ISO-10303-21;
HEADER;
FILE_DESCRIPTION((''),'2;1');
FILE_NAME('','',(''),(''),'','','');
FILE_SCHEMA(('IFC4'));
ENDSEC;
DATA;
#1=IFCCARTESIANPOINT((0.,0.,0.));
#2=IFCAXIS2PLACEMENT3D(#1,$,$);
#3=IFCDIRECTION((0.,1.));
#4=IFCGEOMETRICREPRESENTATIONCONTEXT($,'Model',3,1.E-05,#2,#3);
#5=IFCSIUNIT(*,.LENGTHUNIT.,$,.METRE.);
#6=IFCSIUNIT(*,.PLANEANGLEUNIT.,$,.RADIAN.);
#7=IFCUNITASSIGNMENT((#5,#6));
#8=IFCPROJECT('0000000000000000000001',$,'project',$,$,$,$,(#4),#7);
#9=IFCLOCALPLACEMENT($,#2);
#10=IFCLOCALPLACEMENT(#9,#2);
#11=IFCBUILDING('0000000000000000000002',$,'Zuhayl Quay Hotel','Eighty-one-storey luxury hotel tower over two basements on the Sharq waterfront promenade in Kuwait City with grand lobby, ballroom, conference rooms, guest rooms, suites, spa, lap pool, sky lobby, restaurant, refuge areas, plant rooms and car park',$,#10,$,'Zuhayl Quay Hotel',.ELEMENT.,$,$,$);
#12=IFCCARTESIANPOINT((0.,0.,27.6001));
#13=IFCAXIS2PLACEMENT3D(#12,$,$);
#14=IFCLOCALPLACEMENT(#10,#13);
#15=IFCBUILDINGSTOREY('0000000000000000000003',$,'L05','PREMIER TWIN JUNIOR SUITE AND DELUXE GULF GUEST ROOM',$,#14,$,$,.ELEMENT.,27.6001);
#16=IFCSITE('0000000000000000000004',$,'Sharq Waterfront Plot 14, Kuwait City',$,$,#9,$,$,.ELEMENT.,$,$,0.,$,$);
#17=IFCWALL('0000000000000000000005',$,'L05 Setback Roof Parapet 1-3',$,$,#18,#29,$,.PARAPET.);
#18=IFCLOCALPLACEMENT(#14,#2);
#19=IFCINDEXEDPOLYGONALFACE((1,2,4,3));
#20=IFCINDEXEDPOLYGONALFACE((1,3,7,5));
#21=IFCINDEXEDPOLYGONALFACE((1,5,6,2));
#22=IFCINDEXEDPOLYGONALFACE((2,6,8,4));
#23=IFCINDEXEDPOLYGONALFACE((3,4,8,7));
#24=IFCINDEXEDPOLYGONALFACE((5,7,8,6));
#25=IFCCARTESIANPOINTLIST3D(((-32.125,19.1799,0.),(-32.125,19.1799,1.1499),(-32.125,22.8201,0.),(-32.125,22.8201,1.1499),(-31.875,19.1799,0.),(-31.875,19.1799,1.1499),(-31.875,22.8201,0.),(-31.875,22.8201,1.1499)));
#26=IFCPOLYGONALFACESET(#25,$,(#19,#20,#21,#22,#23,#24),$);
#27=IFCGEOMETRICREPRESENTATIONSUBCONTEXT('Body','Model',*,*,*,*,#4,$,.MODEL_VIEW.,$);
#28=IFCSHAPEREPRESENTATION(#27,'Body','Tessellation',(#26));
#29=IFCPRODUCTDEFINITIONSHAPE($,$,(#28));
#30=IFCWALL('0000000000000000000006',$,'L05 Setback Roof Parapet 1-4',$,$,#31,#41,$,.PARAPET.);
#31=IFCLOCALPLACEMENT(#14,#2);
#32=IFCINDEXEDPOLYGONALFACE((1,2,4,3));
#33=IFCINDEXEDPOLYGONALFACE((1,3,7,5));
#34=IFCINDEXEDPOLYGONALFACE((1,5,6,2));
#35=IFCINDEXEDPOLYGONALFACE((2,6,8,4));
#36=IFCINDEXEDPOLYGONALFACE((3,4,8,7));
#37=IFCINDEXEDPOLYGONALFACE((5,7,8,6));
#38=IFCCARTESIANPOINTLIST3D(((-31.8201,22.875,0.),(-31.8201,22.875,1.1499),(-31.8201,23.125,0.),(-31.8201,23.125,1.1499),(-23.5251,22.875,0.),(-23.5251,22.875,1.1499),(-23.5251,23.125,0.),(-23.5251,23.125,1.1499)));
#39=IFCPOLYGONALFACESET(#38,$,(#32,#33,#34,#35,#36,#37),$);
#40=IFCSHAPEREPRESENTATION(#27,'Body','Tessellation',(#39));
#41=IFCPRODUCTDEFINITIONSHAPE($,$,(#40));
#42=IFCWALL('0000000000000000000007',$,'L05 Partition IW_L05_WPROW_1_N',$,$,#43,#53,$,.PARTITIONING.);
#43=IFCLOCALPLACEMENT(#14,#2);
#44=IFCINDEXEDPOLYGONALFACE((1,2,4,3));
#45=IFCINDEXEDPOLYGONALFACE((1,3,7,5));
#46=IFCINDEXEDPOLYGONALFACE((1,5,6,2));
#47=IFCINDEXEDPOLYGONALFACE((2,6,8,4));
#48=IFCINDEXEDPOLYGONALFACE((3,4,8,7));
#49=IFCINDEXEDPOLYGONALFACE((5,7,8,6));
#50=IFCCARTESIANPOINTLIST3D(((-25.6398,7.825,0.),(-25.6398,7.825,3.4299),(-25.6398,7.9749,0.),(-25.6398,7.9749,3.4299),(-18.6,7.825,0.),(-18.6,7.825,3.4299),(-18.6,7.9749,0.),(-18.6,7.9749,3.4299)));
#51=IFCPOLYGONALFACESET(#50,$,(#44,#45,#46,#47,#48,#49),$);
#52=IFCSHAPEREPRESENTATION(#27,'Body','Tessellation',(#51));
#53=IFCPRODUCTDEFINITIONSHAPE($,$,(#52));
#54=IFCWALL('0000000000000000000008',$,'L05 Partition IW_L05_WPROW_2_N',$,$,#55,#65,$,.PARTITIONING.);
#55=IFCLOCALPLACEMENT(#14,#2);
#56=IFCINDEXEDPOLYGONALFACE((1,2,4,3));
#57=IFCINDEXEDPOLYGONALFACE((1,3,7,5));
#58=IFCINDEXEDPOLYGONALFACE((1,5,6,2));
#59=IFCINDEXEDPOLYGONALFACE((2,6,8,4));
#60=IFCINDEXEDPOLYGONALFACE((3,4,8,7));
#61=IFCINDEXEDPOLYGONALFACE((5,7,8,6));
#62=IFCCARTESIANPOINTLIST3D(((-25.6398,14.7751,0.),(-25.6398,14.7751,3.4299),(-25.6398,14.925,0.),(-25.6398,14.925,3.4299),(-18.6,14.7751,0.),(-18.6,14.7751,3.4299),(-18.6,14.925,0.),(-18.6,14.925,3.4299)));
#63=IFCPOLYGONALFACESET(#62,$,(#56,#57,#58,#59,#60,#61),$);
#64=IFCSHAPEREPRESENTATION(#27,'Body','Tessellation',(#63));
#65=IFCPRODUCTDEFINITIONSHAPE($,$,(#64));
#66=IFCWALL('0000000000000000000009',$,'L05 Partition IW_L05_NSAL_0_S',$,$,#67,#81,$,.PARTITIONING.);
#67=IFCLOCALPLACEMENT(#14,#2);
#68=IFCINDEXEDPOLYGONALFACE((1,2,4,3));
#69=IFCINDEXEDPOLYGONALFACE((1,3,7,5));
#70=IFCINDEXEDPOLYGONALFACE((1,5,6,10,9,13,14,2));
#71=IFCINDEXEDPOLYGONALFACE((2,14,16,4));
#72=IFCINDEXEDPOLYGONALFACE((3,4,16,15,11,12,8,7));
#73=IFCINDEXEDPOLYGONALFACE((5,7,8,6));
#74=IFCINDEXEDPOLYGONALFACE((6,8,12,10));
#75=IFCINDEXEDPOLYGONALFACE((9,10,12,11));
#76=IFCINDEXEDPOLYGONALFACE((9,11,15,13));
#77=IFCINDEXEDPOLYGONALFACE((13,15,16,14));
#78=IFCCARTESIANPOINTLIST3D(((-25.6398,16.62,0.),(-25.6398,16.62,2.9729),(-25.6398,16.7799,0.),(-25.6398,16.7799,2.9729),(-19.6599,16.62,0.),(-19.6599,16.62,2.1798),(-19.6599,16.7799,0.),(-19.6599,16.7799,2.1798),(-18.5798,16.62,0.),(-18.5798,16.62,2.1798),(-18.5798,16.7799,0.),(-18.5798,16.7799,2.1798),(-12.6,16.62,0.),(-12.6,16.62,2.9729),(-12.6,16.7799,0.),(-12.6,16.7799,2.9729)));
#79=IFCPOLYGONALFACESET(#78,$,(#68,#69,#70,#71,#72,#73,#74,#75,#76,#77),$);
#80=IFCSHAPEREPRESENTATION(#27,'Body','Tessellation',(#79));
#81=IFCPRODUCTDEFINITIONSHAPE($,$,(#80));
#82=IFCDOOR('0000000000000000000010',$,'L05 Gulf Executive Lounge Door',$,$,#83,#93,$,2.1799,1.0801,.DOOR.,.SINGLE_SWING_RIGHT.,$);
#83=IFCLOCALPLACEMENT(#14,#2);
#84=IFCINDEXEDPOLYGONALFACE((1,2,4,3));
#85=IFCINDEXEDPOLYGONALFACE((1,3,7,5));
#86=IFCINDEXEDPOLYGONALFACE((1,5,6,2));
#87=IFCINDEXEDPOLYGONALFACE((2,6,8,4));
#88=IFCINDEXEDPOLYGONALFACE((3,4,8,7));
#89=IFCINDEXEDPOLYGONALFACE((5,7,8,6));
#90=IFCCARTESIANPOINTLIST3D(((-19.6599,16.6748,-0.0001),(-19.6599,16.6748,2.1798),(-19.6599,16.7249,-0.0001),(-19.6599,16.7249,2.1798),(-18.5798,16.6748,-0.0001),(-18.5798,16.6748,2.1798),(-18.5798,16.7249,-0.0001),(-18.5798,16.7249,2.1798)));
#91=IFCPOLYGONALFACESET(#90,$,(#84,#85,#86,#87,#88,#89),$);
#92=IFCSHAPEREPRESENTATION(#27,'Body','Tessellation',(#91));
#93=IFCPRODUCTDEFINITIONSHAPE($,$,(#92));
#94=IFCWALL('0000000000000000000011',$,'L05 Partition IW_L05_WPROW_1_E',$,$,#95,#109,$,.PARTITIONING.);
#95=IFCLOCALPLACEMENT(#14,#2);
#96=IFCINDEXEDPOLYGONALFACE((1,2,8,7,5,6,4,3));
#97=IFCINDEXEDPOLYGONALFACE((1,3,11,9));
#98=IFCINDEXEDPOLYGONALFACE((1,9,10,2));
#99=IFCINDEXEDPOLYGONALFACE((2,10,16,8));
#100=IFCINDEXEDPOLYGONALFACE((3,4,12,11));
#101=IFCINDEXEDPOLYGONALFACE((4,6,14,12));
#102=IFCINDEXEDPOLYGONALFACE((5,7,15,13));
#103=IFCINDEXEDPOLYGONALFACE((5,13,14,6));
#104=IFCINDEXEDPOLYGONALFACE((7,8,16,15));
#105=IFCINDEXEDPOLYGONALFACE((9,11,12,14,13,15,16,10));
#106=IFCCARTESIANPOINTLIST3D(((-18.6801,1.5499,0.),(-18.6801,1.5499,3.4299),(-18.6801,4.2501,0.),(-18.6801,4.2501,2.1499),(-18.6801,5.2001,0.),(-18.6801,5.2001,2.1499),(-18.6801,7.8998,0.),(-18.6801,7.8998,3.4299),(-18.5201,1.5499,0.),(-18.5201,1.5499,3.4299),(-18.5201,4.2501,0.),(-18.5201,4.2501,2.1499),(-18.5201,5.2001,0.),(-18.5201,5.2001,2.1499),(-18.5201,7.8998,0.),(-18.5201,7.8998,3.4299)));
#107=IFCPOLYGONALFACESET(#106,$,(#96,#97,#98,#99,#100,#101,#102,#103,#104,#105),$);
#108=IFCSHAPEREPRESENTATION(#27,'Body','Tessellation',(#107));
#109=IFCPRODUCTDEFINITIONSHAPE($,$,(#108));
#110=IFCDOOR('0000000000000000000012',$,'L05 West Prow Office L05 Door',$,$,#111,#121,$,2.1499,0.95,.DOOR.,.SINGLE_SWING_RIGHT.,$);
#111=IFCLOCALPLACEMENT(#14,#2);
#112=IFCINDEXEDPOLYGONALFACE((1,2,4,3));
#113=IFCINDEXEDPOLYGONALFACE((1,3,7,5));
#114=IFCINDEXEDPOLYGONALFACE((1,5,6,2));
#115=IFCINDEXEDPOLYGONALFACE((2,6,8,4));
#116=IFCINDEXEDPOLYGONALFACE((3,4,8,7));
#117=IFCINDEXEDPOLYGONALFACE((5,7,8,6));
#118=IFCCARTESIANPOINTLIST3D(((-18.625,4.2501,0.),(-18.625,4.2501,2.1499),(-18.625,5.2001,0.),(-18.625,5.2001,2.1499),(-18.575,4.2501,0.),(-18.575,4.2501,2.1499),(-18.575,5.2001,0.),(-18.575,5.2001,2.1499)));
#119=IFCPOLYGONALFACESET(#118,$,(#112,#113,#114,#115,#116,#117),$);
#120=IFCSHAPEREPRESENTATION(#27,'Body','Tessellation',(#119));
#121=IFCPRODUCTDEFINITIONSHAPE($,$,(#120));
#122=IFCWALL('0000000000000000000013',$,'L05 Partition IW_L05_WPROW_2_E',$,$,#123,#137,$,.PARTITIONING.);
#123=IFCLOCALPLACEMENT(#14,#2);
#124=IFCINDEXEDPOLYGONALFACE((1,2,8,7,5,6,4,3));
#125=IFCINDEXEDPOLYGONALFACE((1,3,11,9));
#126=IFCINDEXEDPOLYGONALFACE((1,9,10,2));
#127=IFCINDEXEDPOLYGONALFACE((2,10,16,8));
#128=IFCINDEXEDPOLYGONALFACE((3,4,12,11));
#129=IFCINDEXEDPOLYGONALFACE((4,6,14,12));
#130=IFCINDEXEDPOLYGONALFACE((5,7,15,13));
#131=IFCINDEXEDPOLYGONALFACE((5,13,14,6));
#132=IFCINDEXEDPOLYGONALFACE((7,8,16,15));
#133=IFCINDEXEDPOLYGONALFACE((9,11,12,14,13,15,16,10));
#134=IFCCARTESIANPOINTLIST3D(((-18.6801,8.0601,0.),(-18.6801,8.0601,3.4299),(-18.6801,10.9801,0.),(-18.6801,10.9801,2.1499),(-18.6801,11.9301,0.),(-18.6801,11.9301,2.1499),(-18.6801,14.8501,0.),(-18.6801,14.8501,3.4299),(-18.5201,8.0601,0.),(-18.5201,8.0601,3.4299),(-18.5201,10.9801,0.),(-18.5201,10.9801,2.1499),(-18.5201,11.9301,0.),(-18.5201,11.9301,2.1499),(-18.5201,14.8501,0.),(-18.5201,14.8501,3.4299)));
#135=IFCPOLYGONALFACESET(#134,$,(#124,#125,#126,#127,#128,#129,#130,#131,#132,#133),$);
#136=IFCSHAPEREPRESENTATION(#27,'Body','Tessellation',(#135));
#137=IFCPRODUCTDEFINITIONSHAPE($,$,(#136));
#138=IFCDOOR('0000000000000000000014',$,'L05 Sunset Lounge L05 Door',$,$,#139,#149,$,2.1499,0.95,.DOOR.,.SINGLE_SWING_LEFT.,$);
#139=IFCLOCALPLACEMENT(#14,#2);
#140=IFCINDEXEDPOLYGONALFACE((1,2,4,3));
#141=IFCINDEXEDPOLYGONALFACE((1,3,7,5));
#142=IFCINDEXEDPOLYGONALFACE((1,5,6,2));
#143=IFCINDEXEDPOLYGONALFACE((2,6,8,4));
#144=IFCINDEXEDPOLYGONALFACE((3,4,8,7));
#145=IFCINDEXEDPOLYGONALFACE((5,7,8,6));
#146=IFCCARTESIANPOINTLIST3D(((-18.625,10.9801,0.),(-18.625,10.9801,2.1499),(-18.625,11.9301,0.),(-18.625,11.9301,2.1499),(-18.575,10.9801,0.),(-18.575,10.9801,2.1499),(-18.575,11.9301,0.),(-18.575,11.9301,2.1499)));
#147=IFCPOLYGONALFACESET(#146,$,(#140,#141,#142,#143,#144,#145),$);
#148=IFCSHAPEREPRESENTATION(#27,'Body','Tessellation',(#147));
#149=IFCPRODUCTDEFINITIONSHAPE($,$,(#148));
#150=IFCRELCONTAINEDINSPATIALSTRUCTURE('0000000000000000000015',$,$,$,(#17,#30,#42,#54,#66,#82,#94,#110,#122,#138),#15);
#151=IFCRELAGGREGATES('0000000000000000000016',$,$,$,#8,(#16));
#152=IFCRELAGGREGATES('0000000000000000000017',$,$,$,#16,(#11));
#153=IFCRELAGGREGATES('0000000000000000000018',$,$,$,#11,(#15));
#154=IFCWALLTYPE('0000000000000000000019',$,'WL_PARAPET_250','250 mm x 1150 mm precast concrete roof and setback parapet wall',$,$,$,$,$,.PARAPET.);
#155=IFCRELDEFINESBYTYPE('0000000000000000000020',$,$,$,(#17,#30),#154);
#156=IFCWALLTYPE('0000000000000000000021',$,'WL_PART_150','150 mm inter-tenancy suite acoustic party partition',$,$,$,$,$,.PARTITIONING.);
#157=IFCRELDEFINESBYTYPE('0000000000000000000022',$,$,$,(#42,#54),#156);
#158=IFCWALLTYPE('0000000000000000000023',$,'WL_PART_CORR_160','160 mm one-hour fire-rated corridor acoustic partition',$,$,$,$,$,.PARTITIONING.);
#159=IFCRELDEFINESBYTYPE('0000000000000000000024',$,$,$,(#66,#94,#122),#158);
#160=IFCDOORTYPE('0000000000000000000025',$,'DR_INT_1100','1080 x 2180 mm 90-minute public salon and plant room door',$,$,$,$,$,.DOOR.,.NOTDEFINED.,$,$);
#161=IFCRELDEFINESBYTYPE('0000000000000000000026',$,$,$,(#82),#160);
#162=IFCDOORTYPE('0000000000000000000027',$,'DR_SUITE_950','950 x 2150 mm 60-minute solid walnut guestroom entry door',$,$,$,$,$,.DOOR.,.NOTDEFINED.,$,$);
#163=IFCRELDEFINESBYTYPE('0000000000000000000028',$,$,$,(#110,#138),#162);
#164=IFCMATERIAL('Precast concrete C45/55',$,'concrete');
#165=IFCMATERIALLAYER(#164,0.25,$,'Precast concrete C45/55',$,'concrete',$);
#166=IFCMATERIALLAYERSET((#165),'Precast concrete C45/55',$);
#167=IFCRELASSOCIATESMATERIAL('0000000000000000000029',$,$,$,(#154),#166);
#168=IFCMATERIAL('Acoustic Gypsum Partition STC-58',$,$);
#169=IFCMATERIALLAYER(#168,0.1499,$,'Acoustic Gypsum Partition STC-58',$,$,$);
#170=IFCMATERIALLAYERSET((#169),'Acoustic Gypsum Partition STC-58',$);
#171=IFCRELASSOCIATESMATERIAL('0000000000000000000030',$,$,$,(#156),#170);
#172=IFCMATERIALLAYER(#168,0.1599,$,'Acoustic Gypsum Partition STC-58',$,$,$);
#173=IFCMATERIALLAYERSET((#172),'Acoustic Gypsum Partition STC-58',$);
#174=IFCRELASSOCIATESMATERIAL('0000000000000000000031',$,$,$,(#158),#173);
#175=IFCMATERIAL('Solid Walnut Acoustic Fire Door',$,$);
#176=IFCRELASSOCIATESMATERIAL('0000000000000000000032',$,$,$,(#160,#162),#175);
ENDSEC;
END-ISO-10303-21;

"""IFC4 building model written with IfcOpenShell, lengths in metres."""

from ifc_helpers import new_model, si_unit, direction, frame, frame_2d, origin, place, context, subcontext, project, spatial, rectangle, extrude, material, layer, layer_set, type_object, element, fill, save


model = new_model("IFC4")

# Units and contexts
model_context = context("Model", 3, precision=1e-05, world=origin(), true_north=direction((0.0, 1.0)))
body_context = subcontext(model_context, "Body", "Model", "MODEL_VIEW")
ifc_project = project(units=[si_unit("LENGTHUNIT", "METRE"), si_unit("PLANEANGLEUNIT", "RADIAN")], contexts=[model_context])

# Site, building, storey
site_placement = place(None, origin())
site = spatial("IfcSite", under=ifc_project, at=site_placement, Name="Sharq Waterfront Plot 14, Kuwait City", CompositionType="ELEMENT", RefElevation=0.0)
building_placement = place(site_placement, origin())
building = spatial("IfcBuilding", under=site, at=building_placement, Name="Zuhayl Quay Hotel", Description="Eighty-one-storey luxury hotel tower over two basements on the Sharq waterfront promenade in Kuwait City with grand lobby, ballroom, conference rooms, guest rooms, suites, spa, lap pool, sky lobby, restaurant, refuge areas, plant rooms and car park", LongName="Zuhayl Quay Hotel", CompositionType="ELEMENT")
storey_placement = place(building_placement, frame((0.0, 0.0, 27.6001)))
storey = spatial("IfcBuildingStorey", under=building, at=storey_placement, Name="L05", Description="PREMIER TWIN JUNIOR SUITE AND DELUXE GULF GUEST ROOM", CompositionType="ELEMENT", Elevation=27.6001)

# Shared definitions
ifc_material_1 = material(Name="Precast concrete C45/55", Category="concrete")

# Walls
ifc_layer_1 = layer(ifc_material_1, 0.25, Name="Precast concrete C45/55", Category="concrete")
ifc_layer_set_1 = layer_set([ifc_layer_1], Name="Precast concrete C45/55")
wall_type_1 = type_object("IfcWallType", Name="WL_PARAPET_250", Description="250 mm x 1150 mm precast concrete roof and setback parapet wall", PredefinedType="PARAPET", material=ifc_layer_set_1)
for number, where, z_axis, x_axis, name in (
    (1, (-32.0, 19.1799, 0.0), (0.0, 0.0, 1.0), (0.0, 1.0, 0.0), "L05 Setback Roof Parapet 1-3"),
):
    element("IfcWall", number, at=place(storey_placement, frame(where, z_axis=z_axis, x_axis=x_axis)), inside=storey, type_object=wall_type_1, Name=name, PredefinedType="PARAPET", context=body_context, shape_type="SweptSolid", body=[
        extrude(rectangle(XDim=3.6401, YDim=0.25, at=frame_2d((1.8201, 0.0))), origin(), (0.0, 0.0, 1.0), 1.1499),
    ])
wall_1_placement = place(storey_placement, frame((-31.8201, 23.0, 0.0), z_axis=(0.0, 0.0, 1.0), x_axis=(1.0, 0.0, 0.0)))
element("IfcWall", 2, at=wall_1_placement, inside=storey, type_object=wall_type_1, Name="L05 Setback Roof Parapet 1-4", PredefinedType="PARAPET", context=body_context, shape_type="SweptSolid", body=[
    extrude(rectangle(XDim=8.2949, YDim=0.25, at=frame_2d((4.1475, 0.0))), origin(), (0.0, 0.0, 1.0), 1.1499),
])
ifc_material_2 = material(Name="Acoustic Gypsum Partition STC-58")
ifc_layer_2 = layer(ifc_material_2, 0.1499, Name="Acoustic Gypsum Partition STC-58")
ifc_layer_set_2 = layer_set([ifc_layer_2], Name="Acoustic Gypsum Partition STC-58")
wall_type_2 = type_object("IfcWallType", Name="WL_PART_150", Description="150 mm inter-tenancy suite acoustic party partition", PredefinedType="PARTITIONING", material=ifc_layer_set_2)
for number, where, z_axis, x_axis, name in (
    (3, (-25.6399, 7.8999, 0.0), (0.0, 0.0, 1.0), (1.0, 0.0, 0.0), "L05 Partition IW_L05_WPROW_1_N"),
    (4, (-25.6399, 14.8501, 0.0), (0.0, 0.0, 1.0), (1.0, 0.0, 0.0), "L05 Partition IW_L05_WPROW_2_N"),
):
    element("IfcWall", number, at=place(storey_placement, frame(where, z_axis=z_axis, x_axis=x_axis)), inside=storey, type_object=wall_type_2, Name=name, PredefinedType="PARTITIONING", context=body_context, shape_type="SweptSolid", body=[
        extrude(rectangle(XDim=7.0398, YDim=0.1499, at=frame_2d((3.52, 0.0))), origin(), (0.0, 0.0, 1.0), 3.4299),
    ])

# Walls, openings, doors
ifc_layer_3 = layer(ifc_material_2, 0.1599, Name="Acoustic Gypsum Partition STC-58")
ifc_layer_set_3 = layer_set([ifc_layer_3], Name="Acoustic Gypsum Partition STC-58")
wall_type_3 = type_object("IfcWallType", Name="WL_PART_CORR_160", Description="160 mm one-hour fire-rated corridor acoustic partition", PredefinedType="PARTITIONING", material=ifc_layer_set_3)
wall_2_placement = place(storey_placement, frame((-25.6399, 16.7, 0.0), z_axis=(0.0, 0.0, 1.0), x_axis=(1.0, 0.0, 0.0)))
wall_2 = element("IfcWall", 5, at=wall_2_placement, inside=storey, type_object=wall_type_3, Name="L05 Partition IW_L05_NSAL_0_S", PredefinedType="PARTITIONING", context=body_context, shape_type="SweptSolid", body=[
    extrude(rectangle(XDim=13.0398, YDim=0.1599, at=frame_2d((6.52, 0.0))), origin(), (0.0, 0.0, 1.0), 2.9729),
])
opening_1_placement = place(wall_2_placement, frame((5.98, 0.0, 0.0)))
opening_1 = element("IfcOpeningElement", 6, at=opening_1_placement, cuts=wall_2, PredefinedType="OPENING", context=body_context, shape_type="SweptSolid", body=[
    extrude(rectangle(XDim=1.0801, YDim=2.1799, at=frame_2d((0.54, 1.0898))), frame((0.0, 0.0898, 0.0), z_axis=(0.0, -1.0, 0.0), x_axis=(1.0, 0.0, 0.0)), (0.0, 0.0, 1.0), 0.1799),
])
ifc_material_3 = material(Name="Solid Walnut Acoustic Fire Door")
door_type_1 = type_object("IfcDoorType", Name="DR_INT_1100", Description="1080 x 2180 mm 90-minute public salon and plant room door", OperationType="NOTDEFINED", PredefinedType="DOOR", material=ifc_material_3)
door_1_placement = place(opening_1_placement, origin())
door_1 = element("IfcDoor", 7, at=door_1_placement, inside=storey, type_object=door_type_1, Name="L05 Gulf Executive Lounge Door", OperationType="SINGLE_SWING_RIGHT", OverallHeight=2.1799, OverallWidth=1.0801, PredefinedType="DOOR", context=body_context, shape_type="SweptSolid", body=[
    extrude(rectangle(XDim=1.0801, YDim=2.1799, at=frame_2d((0.54, 1.0898))), frame((0.0, 0.0249, 0.0), z_axis=(0.0, -1.0, 0.0), x_axis=(1.0, 0.0, 0.0)), (0.0, 0.0, 1.0), 0.05),
])
fill(opening_1, door_1)
wall_3_placement = place(storey_placement, frame((-18.6001, 1.55, 0.0), z_axis=(0.0, 0.0, 1.0), x_axis=(0.0, 1.0, 0.0)))
wall_3 = element("IfcWall", 8, at=wall_3_placement, inside=storey, type_object=wall_type_3, Name="L05 Partition IW_L05_WPROW_1_E", PredefinedType="PARTITIONING", context=body_context, shape_type="SweptSolid", body=[
    extrude(rectangle(XDim=6.3499, YDim=0.1599, at=frame_2d((3.1748, 0.0))), origin(), (0.0, 0.0, 1.0), 3.4299),
])
opening_2_placement = place(wall_3_placement, frame((2.7, 0.0, 0.0)))
opening_2 = element("IfcOpeningElement", 9, at=opening_2_placement, cuts=wall_3, PredefinedType="OPENING", context=body_context, shape_type="SweptSolid", body=[
    extrude(rectangle(XDim=0.95, YDim=2.1499, at=frame_2d((0.4751, 1.075))), frame((0.0, 0.0898, 0.0), z_axis=(0.0, -1.0, 0.0), x_axis=(1.0, 0.0, 0.0)), (0.0, 0.0, 1.0), 0.1799),
])
door_type_2 = type_object("IfcDoorType", Name="DR_SUITE_950", Description="950 x 2150 mm 60-minute solid walnut guestroom entry door", OperationType="NOTDEFINED", PredefinedType="DOOR", material=ifc_material_3)
door_2_placement = place(opening_2_placement, origin())
door_2 = element("IfcDoor", 10, at=door_2_placement, inside=storey, type_object=door_type_2, Name="L05 West Prow Office L05 Door", OperationType="SINGLE_SWING_RIGHT", OverallHeight=2.1499, OverallWidth=0.95, PredefinedType="DOOR", context=body_context, shape_type="SweptSolid", body=[
    extrude(rectangle(XDim=0.95, YDim=2.1499, at=frame_2d((0.4751, 1.075))), frame((0.0, 0.0249, 0.0), z_axis=(0.0, -1.0, 0.0), x_axis=(1.0, 0.0, 0.0)), (0.0, 0.0, 1.0), 0.05),
])
fill(opening_2, door_2)
wall_4_placement = place(storey_placement, frame((-18.6001, 8.0601, 0.0), z_axis=(0.0, 0.0, 1.0), x_axis=(0.0, 1.0, 0.0)))
wall_4 = element("IfcWall", 11, at=wall_4_placement, inside=storey, type_object=wall_type_3, Name="L05 Partition IW_L05_WPROW_2_E", PredefinedType="PARTITIONING", context=body_context, shape_type="SweptSolid", body=[
    extrude(rectangle(XDim=6.79, YDim=0.1599, at=frame_2d((3.395, 0.0))), origin(), (0.0, 0.0, 1.0), 3.4299),
])
opening_3_placement = place(wall_4_placement, frame((2.9199, 0.0, 0.0)))
opening_3 = element("IfcOpeningElement", 12, at=opening_3_placement, cuts=wall_4, PredefinedType="OPENING", context=body_context, shape_type="SweptSolid", body=[
    extrude(rectangle(XDim=0.95, YDim=2.1499, at=frame_2d((0.4751, 1.075))), frame((0.0, 0.0898, 0.0), z_axis=(0.0, -1.0, 0.0), x_axis=(1.0, 0.0, 0.0)), (0.0, 0.0, 1.0), 0.1799),
])
door_3_placement = place(opening_3_placement, origin())
door_3 = element("IfcDoor", 13, at=door_3_placement, inside=storey, type_object=door_type_2, Name="L05 Sunset Lounge L05 Door", OperationType="SINGLE_SWING_LEFT", OverallHeight=2.1499, OverallWidth=0.95, PredefinedType="DOOR", context=body_context, shape_type="SweptSolid", body=[
    extrude(rectangle(XDim=0.95, YDim=2.1499, at=frame_2d((0.4751, 1.075))), frame((0.0, 0.0249, 0.0), z_axis=(0.0, -1.0, 0.0), x_axis=(1.0, 0.0, 0.0)), (0.0, 0.0, 1.0), 0.05),
])
fill(opening_3, door_3)

save(model, "model.ifc")
